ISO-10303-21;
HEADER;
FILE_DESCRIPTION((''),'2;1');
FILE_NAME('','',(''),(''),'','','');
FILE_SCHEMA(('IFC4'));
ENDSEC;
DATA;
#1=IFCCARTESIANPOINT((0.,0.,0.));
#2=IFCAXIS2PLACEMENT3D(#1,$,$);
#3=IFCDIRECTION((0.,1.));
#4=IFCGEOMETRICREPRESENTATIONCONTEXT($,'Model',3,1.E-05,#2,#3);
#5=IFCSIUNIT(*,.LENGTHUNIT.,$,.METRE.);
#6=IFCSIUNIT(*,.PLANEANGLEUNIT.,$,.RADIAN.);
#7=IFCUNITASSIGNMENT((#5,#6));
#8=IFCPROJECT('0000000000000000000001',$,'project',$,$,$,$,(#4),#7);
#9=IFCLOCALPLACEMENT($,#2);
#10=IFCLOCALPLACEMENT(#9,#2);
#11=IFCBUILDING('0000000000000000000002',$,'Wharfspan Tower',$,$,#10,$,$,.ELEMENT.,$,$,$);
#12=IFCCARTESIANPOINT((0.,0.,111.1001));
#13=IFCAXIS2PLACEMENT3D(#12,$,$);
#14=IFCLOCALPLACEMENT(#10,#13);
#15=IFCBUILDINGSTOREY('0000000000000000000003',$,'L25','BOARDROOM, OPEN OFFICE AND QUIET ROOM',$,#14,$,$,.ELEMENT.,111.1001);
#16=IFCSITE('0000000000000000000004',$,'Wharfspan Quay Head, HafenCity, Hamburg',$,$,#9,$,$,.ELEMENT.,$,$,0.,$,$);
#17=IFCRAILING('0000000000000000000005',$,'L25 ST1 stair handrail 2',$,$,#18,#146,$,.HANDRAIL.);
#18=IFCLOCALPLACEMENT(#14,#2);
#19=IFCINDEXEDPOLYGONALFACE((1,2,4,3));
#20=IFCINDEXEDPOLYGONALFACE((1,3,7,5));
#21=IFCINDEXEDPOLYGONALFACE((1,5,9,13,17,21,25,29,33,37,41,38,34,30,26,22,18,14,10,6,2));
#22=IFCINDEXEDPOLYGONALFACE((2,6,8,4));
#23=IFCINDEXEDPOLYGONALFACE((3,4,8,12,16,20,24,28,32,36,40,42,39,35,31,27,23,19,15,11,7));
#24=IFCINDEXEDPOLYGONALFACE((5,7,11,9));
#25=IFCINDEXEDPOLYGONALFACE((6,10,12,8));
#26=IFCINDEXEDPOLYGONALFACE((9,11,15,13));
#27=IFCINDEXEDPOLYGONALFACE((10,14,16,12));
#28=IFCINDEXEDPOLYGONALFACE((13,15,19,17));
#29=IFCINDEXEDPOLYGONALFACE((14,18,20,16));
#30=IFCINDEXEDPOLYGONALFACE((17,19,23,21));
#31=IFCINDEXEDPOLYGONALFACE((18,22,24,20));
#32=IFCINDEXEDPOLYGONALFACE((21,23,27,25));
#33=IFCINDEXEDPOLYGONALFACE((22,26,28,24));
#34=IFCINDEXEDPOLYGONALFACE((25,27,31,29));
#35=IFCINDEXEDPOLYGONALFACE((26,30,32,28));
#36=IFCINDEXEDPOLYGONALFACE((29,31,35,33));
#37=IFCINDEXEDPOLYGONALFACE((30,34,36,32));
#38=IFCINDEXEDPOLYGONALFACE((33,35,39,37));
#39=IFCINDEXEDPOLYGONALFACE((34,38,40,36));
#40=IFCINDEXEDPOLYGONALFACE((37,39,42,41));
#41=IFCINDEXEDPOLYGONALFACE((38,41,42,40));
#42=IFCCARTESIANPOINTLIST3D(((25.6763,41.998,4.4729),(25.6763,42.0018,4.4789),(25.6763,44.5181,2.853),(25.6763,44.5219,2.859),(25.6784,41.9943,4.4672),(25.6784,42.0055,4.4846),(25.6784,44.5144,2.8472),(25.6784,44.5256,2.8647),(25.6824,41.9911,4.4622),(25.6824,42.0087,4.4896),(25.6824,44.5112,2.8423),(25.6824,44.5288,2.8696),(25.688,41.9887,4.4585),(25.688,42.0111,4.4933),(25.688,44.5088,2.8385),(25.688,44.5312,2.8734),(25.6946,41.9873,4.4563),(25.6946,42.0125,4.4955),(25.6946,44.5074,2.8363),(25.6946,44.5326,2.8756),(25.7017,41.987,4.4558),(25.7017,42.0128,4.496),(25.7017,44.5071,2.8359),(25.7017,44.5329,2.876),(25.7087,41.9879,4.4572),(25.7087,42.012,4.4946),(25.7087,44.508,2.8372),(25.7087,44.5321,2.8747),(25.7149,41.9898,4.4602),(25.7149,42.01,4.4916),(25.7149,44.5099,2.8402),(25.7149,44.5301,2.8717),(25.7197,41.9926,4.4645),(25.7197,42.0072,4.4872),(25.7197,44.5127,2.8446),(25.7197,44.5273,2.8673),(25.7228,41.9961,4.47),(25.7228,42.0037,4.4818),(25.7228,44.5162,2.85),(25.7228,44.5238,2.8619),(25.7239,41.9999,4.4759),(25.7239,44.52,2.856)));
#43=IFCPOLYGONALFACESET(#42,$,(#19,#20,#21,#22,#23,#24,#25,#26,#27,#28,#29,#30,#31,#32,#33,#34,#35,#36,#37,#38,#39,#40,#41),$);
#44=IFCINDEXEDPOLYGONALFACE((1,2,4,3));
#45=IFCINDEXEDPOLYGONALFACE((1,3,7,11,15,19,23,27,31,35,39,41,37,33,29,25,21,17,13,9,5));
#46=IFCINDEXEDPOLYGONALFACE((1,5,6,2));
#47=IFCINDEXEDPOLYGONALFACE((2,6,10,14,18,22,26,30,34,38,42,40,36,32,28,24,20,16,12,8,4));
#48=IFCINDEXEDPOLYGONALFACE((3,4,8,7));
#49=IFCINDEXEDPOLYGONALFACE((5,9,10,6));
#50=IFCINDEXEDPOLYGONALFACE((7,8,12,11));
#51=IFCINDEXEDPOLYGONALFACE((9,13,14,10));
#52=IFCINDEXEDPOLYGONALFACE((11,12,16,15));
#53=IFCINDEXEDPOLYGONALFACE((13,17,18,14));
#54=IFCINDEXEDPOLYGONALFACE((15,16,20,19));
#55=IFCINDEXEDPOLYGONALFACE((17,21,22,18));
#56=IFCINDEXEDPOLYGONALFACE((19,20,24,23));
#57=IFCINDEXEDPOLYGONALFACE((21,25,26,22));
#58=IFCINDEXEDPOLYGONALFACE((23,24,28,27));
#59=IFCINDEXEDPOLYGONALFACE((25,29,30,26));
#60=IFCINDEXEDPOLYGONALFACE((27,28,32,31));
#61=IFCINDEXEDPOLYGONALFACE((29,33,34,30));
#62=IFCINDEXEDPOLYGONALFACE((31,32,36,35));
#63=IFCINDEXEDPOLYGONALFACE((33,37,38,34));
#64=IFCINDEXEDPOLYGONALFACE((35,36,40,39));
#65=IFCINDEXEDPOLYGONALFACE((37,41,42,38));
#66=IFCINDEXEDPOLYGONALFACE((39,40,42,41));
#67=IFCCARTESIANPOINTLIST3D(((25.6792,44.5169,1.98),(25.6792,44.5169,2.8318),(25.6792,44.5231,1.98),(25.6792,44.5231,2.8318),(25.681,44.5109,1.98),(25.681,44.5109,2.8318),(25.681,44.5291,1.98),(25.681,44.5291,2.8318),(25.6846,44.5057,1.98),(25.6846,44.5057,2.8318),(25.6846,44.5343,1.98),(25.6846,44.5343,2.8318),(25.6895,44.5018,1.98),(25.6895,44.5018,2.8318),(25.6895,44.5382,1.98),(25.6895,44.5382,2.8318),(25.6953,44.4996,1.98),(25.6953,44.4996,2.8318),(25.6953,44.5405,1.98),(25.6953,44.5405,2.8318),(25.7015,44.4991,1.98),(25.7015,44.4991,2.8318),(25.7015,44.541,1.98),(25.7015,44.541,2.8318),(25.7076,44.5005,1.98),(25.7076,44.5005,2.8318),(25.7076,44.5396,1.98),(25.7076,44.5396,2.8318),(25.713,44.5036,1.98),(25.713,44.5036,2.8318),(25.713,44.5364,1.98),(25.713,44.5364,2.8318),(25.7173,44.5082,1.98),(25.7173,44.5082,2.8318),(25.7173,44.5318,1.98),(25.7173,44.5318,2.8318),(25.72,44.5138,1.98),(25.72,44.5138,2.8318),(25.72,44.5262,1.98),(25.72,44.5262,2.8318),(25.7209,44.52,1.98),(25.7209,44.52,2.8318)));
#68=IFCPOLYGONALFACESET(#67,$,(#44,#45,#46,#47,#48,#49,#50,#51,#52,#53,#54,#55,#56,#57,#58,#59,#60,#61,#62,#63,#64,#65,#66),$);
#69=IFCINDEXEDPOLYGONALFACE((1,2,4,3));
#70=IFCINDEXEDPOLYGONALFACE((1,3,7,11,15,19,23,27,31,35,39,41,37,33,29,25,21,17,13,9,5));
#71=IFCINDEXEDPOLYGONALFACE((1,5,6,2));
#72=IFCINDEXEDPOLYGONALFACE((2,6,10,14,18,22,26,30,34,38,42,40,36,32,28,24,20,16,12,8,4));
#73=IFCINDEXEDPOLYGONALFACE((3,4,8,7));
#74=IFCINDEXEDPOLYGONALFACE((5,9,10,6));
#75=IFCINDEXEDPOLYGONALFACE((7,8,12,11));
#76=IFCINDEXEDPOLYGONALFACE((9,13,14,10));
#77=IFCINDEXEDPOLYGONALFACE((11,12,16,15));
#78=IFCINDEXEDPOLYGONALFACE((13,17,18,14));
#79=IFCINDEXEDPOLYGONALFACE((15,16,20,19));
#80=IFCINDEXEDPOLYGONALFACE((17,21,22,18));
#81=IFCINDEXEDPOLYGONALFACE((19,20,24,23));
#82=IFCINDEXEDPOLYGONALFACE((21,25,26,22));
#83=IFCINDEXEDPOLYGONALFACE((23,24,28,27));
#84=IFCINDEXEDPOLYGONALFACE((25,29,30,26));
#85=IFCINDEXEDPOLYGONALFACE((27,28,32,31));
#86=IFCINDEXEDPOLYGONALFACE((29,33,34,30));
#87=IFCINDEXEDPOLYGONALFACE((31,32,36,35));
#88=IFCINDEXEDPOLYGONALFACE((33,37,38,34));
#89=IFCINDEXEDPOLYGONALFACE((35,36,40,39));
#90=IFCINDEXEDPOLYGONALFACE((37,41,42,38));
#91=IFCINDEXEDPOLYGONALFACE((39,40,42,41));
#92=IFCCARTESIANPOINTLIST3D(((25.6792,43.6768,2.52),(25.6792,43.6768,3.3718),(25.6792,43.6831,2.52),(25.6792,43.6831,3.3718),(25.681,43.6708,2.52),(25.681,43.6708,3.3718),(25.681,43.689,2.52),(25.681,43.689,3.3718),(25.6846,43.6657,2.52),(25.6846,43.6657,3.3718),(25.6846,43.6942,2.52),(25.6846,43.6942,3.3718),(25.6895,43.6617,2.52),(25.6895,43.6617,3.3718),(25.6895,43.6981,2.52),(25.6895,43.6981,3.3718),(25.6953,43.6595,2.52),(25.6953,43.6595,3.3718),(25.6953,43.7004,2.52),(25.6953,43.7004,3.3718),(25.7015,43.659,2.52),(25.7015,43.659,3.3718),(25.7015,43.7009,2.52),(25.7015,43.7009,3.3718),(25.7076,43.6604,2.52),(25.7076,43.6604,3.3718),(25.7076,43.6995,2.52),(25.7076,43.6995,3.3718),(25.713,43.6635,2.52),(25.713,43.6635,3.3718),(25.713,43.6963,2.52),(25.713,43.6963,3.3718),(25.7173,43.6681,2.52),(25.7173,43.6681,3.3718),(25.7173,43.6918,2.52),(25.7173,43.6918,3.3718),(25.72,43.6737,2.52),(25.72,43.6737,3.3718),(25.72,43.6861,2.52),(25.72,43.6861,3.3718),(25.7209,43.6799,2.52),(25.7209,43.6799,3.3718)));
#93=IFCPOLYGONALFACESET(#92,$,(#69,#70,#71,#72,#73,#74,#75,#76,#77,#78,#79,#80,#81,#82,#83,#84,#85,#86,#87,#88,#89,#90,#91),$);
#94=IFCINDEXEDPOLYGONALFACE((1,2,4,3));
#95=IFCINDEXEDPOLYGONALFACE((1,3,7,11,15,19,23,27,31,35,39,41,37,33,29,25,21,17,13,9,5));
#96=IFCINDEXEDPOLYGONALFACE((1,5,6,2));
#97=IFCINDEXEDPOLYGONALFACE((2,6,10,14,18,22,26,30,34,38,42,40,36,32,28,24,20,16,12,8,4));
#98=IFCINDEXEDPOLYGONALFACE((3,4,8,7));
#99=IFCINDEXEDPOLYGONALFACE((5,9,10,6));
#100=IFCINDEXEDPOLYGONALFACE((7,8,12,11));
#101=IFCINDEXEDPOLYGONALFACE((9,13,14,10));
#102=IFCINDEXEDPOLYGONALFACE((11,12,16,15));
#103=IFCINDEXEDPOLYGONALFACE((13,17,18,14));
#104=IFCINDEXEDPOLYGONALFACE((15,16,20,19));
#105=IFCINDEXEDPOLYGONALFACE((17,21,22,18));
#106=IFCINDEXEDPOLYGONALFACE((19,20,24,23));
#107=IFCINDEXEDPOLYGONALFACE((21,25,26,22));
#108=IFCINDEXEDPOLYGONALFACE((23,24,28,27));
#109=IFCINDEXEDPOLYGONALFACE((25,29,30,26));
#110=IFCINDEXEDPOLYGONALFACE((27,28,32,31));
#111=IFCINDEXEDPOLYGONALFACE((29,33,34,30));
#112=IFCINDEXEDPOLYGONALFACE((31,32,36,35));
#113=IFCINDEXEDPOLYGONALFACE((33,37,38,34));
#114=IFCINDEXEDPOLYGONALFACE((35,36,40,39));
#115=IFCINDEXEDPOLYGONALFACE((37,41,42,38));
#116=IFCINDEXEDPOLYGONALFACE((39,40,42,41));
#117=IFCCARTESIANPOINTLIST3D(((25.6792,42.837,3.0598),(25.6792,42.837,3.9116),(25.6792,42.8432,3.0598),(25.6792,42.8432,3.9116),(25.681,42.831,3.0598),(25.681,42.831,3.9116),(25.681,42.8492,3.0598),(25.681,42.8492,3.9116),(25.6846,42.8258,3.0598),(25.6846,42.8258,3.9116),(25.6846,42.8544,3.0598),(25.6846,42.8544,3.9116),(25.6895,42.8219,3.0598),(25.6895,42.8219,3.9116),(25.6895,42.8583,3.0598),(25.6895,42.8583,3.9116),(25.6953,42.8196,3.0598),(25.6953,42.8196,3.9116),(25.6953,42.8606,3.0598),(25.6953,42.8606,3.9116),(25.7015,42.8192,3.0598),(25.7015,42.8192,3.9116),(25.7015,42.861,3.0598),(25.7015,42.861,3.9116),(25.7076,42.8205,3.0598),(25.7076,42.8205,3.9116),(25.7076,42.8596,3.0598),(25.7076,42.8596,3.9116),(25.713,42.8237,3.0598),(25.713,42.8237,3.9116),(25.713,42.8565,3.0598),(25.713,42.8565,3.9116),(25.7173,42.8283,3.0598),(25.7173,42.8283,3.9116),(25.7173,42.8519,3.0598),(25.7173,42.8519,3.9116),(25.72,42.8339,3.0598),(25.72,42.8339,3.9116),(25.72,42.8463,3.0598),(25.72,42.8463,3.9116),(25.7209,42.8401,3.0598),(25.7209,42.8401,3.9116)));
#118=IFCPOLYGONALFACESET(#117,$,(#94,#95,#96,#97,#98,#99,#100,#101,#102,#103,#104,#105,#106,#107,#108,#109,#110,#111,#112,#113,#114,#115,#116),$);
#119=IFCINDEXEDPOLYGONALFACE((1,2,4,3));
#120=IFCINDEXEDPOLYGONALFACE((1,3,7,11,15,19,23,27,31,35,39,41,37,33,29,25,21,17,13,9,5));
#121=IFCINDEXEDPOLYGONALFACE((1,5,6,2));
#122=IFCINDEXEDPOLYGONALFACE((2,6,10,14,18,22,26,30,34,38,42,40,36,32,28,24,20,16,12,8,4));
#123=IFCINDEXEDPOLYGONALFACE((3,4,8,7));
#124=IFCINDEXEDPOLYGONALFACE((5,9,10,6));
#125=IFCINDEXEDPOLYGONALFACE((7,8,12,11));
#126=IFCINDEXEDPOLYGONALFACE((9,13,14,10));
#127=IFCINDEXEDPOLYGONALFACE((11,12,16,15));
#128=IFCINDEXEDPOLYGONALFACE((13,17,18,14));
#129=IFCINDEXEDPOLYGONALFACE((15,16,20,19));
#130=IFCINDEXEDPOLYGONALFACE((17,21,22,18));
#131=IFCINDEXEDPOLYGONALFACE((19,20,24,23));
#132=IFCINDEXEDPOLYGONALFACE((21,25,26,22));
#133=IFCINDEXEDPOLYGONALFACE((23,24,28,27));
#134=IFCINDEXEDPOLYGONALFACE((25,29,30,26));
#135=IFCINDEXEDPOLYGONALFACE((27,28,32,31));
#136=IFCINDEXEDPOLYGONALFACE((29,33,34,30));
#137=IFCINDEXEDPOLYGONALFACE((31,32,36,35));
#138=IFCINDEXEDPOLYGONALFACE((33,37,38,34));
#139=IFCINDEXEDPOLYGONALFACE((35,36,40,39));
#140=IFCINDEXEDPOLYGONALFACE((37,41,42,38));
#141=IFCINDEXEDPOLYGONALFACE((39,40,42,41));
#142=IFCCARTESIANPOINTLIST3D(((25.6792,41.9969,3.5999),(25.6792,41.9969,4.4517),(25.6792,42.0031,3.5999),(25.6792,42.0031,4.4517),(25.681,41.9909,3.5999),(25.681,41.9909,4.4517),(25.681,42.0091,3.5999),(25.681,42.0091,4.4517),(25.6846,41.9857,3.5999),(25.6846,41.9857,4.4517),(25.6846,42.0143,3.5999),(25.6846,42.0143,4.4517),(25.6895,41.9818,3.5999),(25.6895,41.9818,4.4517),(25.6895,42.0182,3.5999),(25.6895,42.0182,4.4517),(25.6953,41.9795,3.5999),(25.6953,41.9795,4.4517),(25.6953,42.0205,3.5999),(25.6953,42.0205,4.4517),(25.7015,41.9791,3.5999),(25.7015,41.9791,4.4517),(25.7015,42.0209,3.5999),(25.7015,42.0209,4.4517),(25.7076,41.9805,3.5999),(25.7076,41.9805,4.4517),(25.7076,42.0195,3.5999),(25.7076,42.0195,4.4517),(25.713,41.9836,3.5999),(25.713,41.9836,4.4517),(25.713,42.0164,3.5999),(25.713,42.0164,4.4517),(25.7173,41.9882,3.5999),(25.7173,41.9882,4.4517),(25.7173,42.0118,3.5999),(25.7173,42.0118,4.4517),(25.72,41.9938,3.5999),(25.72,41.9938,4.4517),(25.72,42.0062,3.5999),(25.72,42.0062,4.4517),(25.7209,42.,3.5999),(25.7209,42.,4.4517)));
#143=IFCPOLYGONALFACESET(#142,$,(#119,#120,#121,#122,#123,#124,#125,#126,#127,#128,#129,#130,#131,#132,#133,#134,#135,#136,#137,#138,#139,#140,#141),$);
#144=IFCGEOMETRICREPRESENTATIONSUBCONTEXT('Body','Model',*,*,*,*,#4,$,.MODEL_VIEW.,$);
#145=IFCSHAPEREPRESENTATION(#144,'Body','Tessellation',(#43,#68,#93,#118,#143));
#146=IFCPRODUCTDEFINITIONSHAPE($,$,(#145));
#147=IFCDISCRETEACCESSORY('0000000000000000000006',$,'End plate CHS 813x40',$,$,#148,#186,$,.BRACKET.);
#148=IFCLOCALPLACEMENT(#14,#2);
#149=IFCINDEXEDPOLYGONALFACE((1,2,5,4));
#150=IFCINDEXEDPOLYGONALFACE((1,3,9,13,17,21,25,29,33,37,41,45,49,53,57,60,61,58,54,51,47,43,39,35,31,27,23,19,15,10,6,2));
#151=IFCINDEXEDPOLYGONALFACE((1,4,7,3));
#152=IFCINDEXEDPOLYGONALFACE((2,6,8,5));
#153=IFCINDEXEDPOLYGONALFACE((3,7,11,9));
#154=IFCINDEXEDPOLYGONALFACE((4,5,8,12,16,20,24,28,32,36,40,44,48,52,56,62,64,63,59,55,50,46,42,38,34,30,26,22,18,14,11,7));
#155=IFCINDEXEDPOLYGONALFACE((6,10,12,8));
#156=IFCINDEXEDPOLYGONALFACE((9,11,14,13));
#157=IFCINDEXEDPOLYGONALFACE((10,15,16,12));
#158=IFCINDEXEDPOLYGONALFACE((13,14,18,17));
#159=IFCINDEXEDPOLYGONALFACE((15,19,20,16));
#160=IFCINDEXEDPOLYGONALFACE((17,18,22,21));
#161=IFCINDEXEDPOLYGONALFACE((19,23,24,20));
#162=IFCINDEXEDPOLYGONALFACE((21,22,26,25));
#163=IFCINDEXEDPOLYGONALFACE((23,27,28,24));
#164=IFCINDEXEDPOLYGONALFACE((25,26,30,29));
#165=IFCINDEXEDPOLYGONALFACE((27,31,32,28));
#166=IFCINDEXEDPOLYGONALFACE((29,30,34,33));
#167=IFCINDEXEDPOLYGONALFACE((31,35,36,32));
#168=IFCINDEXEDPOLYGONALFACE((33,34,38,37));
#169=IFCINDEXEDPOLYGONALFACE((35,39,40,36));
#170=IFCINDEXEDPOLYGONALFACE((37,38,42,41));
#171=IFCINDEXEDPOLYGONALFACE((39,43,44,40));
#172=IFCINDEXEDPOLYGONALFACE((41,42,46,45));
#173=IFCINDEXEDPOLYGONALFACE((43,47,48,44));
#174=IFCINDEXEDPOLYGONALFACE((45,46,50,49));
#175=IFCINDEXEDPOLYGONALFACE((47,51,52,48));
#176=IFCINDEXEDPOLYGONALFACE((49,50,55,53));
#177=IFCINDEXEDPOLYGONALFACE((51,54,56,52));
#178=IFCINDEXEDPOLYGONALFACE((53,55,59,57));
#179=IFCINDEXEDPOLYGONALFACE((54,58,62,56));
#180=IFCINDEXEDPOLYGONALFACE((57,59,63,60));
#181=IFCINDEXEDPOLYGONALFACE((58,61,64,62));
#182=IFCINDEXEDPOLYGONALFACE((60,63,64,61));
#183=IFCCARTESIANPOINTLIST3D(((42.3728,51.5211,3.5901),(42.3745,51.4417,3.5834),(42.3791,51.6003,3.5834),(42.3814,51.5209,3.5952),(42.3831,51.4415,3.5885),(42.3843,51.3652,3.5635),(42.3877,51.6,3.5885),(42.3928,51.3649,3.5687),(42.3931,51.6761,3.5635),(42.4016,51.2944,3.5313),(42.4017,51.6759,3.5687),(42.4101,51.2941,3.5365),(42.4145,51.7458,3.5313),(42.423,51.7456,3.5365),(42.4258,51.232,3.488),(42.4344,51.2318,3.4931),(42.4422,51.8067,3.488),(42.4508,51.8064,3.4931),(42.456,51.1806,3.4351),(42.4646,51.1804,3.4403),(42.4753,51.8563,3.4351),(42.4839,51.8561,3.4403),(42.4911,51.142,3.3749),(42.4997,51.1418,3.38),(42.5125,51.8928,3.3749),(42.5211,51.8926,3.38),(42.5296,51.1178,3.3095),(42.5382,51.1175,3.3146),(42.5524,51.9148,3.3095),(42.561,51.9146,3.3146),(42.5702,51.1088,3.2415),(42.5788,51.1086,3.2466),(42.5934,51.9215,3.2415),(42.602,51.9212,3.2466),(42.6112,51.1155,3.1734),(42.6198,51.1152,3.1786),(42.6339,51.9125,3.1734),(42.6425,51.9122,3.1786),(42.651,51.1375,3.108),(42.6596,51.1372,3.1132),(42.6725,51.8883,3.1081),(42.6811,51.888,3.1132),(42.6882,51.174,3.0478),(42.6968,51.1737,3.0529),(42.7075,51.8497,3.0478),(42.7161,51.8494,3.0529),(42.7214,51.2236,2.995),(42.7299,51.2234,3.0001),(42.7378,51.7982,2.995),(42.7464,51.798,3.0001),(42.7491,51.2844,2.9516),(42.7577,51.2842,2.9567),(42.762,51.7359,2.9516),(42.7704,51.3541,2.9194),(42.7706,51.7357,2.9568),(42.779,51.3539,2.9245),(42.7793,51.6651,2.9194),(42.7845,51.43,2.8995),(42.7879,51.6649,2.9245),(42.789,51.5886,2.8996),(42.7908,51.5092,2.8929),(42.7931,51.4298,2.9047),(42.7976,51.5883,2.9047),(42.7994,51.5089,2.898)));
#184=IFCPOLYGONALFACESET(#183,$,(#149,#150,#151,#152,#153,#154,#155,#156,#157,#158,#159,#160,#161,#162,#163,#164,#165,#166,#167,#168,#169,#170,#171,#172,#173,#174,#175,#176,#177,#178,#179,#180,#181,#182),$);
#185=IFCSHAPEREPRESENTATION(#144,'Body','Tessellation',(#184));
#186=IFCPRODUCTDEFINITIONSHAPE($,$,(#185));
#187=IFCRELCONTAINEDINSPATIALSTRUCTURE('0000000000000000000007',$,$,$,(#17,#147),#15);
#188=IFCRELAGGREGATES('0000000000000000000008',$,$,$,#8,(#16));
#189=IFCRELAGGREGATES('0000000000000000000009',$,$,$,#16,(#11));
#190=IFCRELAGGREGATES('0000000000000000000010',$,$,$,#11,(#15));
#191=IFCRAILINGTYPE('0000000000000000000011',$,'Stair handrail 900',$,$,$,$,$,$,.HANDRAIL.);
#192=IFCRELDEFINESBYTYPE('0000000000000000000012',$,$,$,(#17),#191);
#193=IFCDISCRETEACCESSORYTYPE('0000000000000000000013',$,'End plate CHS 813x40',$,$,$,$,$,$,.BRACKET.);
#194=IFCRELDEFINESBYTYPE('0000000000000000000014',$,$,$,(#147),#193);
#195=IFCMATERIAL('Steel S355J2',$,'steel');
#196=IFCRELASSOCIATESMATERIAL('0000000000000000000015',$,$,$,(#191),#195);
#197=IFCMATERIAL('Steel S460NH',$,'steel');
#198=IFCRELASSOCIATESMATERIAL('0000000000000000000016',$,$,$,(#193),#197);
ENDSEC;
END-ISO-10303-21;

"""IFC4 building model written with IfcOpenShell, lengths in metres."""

from ifc_helpers import new_model, si_unit, direction, frame, origin, origin_2d, place, context, subcontext, project, spatial, circle, extrude, material, material_profile, profile_set, type_object, element, save


model = new_model("IFC4")

# Units and contexts
model_context = context("Model", 3, precision=1e-05, world=origin(), true_north=direction((0.0, 1.0)))
body_context = subcontext(model_context, "Body", "Model", "MODEL_VIEW")
ifc_project = project(units=[si_unit("LENGTHUNIT", "METRE"), si_unit("PLANEANGLEUNIT", "RADIAN")], contexts=[model_context])

# Site, building, storey
site_placement = place(None, origin())
site = spatial("IfcSite", under=ifc_project, at=site_placement, Name="Wharfspan Quay Head, HafenCity, Hamburg", CompositionType="ELEMENT", RefElevation=0.0)
building_placement = place(site_placement, origin())
building = spatial("IfcBuilding", under=site, at=building_placement, Name="Wharfspan Tower", CompositionType="ELEMENT")
storey_placement = place(building_placement, frame((0.0, 0.0, 111.1001)))
storey = spatial("IfcBuildingStorey", under=building, at=storey_placement, Name="L25", Description="BOARDROOM, OPEN OFFICE AND QUIET ROOM", CompositionType="ELEMENT", Elevation=111.1001)

# Shared definitions
ifc_material_1 = material(Name="Steel S355J2", Category="steel")

# Shared definitions
ifc_material_2 = material(Name="Steel S460NH", Category="steel")

# Railing
railing_type_1 = type_object("IfcRailingType", Name="Stair handrail 900", PredefinedType="HANDRAIL", material=ifc_material_1)
railing_1_placement = place(storey_placement, frame((25.7, 44.52, 1.98)))
element("IfcRailing", 1, at=railing_1_placement, inside=storey, type_object=railing_type_1, Name="L25 ST1 stair handrail 2", PredefinedType="HANDRAIL", context=body_context, shape_type="SweptSolid", body=[
    extrude(circle(Radius=0.0239, at=origin_2d()), frame((0.0, 0.0, 0.876), z_axis=(0.0, -0.8412, 0.540725), x_axis=(1.0, 0.0, 0.0)), (0.0, 0.0, 1.0), 2.9958),
    extrude(circle(Radius=0.021, at=origin_2d()), origin(), (0.0, 0.0, 1.0), 0.8518),
    extrude(circle(Radius=0.021, at=origin_2d()), frame((0.0, -0.8401, 0.54)), (0.0, 0.0, 1.0), 0.8518),
    extrude(circle(Radius=0.021, at=origin_2d()), frame((0.0, -1.6799, 1.0798)), (0.0, 0.0, 1.0), 0.8518),
    extrude(circle(Radius=0.021, at=origin_2d()), frame((0.0, -2.52, 1.6199)), (0.0, 0.0, 1.0), 0.8518),
])

# Discrete accessory
ifc_material_profile_1 = material_profile(ifc_material_2, circle(Radius=0.4065, at=origin_2d()))
ifc_profile_set_1 = profile_set([ifc_material_profile_1], Name="Steel S460NH")
discrete_accessory_type = type_object("IfcDiscreteAccessoryType", Name="End plate CHS 813x40", PredefinedType="BRACKET", material=ifc_profile_set_1)
for number, where, z_axis, x_axis, name in (
    (2, (42.5818, 51.5151, 3.2415), (0.857236, -0.024492, 0.514341), (0.028558, 0.999591, 0.000002), "End plate CHS 813x40"),
):
    element("IfcDiscreteAccessory", number, at=place(storey_placement, frame(where, z_axis=z_axis, x_axis=x_axis)), inside=storey, type_object=discrete_accessory_type, Name=name, PredefinedType="BRACKET", context=body_context, shape_type="SweptSolid", body=[
        extrude(circle(Radius=0.4065, at=origin_2d()), origin(), (0.0, 0.0, 1.0), 0.01),
    ])

save(model, "model.ifc")
